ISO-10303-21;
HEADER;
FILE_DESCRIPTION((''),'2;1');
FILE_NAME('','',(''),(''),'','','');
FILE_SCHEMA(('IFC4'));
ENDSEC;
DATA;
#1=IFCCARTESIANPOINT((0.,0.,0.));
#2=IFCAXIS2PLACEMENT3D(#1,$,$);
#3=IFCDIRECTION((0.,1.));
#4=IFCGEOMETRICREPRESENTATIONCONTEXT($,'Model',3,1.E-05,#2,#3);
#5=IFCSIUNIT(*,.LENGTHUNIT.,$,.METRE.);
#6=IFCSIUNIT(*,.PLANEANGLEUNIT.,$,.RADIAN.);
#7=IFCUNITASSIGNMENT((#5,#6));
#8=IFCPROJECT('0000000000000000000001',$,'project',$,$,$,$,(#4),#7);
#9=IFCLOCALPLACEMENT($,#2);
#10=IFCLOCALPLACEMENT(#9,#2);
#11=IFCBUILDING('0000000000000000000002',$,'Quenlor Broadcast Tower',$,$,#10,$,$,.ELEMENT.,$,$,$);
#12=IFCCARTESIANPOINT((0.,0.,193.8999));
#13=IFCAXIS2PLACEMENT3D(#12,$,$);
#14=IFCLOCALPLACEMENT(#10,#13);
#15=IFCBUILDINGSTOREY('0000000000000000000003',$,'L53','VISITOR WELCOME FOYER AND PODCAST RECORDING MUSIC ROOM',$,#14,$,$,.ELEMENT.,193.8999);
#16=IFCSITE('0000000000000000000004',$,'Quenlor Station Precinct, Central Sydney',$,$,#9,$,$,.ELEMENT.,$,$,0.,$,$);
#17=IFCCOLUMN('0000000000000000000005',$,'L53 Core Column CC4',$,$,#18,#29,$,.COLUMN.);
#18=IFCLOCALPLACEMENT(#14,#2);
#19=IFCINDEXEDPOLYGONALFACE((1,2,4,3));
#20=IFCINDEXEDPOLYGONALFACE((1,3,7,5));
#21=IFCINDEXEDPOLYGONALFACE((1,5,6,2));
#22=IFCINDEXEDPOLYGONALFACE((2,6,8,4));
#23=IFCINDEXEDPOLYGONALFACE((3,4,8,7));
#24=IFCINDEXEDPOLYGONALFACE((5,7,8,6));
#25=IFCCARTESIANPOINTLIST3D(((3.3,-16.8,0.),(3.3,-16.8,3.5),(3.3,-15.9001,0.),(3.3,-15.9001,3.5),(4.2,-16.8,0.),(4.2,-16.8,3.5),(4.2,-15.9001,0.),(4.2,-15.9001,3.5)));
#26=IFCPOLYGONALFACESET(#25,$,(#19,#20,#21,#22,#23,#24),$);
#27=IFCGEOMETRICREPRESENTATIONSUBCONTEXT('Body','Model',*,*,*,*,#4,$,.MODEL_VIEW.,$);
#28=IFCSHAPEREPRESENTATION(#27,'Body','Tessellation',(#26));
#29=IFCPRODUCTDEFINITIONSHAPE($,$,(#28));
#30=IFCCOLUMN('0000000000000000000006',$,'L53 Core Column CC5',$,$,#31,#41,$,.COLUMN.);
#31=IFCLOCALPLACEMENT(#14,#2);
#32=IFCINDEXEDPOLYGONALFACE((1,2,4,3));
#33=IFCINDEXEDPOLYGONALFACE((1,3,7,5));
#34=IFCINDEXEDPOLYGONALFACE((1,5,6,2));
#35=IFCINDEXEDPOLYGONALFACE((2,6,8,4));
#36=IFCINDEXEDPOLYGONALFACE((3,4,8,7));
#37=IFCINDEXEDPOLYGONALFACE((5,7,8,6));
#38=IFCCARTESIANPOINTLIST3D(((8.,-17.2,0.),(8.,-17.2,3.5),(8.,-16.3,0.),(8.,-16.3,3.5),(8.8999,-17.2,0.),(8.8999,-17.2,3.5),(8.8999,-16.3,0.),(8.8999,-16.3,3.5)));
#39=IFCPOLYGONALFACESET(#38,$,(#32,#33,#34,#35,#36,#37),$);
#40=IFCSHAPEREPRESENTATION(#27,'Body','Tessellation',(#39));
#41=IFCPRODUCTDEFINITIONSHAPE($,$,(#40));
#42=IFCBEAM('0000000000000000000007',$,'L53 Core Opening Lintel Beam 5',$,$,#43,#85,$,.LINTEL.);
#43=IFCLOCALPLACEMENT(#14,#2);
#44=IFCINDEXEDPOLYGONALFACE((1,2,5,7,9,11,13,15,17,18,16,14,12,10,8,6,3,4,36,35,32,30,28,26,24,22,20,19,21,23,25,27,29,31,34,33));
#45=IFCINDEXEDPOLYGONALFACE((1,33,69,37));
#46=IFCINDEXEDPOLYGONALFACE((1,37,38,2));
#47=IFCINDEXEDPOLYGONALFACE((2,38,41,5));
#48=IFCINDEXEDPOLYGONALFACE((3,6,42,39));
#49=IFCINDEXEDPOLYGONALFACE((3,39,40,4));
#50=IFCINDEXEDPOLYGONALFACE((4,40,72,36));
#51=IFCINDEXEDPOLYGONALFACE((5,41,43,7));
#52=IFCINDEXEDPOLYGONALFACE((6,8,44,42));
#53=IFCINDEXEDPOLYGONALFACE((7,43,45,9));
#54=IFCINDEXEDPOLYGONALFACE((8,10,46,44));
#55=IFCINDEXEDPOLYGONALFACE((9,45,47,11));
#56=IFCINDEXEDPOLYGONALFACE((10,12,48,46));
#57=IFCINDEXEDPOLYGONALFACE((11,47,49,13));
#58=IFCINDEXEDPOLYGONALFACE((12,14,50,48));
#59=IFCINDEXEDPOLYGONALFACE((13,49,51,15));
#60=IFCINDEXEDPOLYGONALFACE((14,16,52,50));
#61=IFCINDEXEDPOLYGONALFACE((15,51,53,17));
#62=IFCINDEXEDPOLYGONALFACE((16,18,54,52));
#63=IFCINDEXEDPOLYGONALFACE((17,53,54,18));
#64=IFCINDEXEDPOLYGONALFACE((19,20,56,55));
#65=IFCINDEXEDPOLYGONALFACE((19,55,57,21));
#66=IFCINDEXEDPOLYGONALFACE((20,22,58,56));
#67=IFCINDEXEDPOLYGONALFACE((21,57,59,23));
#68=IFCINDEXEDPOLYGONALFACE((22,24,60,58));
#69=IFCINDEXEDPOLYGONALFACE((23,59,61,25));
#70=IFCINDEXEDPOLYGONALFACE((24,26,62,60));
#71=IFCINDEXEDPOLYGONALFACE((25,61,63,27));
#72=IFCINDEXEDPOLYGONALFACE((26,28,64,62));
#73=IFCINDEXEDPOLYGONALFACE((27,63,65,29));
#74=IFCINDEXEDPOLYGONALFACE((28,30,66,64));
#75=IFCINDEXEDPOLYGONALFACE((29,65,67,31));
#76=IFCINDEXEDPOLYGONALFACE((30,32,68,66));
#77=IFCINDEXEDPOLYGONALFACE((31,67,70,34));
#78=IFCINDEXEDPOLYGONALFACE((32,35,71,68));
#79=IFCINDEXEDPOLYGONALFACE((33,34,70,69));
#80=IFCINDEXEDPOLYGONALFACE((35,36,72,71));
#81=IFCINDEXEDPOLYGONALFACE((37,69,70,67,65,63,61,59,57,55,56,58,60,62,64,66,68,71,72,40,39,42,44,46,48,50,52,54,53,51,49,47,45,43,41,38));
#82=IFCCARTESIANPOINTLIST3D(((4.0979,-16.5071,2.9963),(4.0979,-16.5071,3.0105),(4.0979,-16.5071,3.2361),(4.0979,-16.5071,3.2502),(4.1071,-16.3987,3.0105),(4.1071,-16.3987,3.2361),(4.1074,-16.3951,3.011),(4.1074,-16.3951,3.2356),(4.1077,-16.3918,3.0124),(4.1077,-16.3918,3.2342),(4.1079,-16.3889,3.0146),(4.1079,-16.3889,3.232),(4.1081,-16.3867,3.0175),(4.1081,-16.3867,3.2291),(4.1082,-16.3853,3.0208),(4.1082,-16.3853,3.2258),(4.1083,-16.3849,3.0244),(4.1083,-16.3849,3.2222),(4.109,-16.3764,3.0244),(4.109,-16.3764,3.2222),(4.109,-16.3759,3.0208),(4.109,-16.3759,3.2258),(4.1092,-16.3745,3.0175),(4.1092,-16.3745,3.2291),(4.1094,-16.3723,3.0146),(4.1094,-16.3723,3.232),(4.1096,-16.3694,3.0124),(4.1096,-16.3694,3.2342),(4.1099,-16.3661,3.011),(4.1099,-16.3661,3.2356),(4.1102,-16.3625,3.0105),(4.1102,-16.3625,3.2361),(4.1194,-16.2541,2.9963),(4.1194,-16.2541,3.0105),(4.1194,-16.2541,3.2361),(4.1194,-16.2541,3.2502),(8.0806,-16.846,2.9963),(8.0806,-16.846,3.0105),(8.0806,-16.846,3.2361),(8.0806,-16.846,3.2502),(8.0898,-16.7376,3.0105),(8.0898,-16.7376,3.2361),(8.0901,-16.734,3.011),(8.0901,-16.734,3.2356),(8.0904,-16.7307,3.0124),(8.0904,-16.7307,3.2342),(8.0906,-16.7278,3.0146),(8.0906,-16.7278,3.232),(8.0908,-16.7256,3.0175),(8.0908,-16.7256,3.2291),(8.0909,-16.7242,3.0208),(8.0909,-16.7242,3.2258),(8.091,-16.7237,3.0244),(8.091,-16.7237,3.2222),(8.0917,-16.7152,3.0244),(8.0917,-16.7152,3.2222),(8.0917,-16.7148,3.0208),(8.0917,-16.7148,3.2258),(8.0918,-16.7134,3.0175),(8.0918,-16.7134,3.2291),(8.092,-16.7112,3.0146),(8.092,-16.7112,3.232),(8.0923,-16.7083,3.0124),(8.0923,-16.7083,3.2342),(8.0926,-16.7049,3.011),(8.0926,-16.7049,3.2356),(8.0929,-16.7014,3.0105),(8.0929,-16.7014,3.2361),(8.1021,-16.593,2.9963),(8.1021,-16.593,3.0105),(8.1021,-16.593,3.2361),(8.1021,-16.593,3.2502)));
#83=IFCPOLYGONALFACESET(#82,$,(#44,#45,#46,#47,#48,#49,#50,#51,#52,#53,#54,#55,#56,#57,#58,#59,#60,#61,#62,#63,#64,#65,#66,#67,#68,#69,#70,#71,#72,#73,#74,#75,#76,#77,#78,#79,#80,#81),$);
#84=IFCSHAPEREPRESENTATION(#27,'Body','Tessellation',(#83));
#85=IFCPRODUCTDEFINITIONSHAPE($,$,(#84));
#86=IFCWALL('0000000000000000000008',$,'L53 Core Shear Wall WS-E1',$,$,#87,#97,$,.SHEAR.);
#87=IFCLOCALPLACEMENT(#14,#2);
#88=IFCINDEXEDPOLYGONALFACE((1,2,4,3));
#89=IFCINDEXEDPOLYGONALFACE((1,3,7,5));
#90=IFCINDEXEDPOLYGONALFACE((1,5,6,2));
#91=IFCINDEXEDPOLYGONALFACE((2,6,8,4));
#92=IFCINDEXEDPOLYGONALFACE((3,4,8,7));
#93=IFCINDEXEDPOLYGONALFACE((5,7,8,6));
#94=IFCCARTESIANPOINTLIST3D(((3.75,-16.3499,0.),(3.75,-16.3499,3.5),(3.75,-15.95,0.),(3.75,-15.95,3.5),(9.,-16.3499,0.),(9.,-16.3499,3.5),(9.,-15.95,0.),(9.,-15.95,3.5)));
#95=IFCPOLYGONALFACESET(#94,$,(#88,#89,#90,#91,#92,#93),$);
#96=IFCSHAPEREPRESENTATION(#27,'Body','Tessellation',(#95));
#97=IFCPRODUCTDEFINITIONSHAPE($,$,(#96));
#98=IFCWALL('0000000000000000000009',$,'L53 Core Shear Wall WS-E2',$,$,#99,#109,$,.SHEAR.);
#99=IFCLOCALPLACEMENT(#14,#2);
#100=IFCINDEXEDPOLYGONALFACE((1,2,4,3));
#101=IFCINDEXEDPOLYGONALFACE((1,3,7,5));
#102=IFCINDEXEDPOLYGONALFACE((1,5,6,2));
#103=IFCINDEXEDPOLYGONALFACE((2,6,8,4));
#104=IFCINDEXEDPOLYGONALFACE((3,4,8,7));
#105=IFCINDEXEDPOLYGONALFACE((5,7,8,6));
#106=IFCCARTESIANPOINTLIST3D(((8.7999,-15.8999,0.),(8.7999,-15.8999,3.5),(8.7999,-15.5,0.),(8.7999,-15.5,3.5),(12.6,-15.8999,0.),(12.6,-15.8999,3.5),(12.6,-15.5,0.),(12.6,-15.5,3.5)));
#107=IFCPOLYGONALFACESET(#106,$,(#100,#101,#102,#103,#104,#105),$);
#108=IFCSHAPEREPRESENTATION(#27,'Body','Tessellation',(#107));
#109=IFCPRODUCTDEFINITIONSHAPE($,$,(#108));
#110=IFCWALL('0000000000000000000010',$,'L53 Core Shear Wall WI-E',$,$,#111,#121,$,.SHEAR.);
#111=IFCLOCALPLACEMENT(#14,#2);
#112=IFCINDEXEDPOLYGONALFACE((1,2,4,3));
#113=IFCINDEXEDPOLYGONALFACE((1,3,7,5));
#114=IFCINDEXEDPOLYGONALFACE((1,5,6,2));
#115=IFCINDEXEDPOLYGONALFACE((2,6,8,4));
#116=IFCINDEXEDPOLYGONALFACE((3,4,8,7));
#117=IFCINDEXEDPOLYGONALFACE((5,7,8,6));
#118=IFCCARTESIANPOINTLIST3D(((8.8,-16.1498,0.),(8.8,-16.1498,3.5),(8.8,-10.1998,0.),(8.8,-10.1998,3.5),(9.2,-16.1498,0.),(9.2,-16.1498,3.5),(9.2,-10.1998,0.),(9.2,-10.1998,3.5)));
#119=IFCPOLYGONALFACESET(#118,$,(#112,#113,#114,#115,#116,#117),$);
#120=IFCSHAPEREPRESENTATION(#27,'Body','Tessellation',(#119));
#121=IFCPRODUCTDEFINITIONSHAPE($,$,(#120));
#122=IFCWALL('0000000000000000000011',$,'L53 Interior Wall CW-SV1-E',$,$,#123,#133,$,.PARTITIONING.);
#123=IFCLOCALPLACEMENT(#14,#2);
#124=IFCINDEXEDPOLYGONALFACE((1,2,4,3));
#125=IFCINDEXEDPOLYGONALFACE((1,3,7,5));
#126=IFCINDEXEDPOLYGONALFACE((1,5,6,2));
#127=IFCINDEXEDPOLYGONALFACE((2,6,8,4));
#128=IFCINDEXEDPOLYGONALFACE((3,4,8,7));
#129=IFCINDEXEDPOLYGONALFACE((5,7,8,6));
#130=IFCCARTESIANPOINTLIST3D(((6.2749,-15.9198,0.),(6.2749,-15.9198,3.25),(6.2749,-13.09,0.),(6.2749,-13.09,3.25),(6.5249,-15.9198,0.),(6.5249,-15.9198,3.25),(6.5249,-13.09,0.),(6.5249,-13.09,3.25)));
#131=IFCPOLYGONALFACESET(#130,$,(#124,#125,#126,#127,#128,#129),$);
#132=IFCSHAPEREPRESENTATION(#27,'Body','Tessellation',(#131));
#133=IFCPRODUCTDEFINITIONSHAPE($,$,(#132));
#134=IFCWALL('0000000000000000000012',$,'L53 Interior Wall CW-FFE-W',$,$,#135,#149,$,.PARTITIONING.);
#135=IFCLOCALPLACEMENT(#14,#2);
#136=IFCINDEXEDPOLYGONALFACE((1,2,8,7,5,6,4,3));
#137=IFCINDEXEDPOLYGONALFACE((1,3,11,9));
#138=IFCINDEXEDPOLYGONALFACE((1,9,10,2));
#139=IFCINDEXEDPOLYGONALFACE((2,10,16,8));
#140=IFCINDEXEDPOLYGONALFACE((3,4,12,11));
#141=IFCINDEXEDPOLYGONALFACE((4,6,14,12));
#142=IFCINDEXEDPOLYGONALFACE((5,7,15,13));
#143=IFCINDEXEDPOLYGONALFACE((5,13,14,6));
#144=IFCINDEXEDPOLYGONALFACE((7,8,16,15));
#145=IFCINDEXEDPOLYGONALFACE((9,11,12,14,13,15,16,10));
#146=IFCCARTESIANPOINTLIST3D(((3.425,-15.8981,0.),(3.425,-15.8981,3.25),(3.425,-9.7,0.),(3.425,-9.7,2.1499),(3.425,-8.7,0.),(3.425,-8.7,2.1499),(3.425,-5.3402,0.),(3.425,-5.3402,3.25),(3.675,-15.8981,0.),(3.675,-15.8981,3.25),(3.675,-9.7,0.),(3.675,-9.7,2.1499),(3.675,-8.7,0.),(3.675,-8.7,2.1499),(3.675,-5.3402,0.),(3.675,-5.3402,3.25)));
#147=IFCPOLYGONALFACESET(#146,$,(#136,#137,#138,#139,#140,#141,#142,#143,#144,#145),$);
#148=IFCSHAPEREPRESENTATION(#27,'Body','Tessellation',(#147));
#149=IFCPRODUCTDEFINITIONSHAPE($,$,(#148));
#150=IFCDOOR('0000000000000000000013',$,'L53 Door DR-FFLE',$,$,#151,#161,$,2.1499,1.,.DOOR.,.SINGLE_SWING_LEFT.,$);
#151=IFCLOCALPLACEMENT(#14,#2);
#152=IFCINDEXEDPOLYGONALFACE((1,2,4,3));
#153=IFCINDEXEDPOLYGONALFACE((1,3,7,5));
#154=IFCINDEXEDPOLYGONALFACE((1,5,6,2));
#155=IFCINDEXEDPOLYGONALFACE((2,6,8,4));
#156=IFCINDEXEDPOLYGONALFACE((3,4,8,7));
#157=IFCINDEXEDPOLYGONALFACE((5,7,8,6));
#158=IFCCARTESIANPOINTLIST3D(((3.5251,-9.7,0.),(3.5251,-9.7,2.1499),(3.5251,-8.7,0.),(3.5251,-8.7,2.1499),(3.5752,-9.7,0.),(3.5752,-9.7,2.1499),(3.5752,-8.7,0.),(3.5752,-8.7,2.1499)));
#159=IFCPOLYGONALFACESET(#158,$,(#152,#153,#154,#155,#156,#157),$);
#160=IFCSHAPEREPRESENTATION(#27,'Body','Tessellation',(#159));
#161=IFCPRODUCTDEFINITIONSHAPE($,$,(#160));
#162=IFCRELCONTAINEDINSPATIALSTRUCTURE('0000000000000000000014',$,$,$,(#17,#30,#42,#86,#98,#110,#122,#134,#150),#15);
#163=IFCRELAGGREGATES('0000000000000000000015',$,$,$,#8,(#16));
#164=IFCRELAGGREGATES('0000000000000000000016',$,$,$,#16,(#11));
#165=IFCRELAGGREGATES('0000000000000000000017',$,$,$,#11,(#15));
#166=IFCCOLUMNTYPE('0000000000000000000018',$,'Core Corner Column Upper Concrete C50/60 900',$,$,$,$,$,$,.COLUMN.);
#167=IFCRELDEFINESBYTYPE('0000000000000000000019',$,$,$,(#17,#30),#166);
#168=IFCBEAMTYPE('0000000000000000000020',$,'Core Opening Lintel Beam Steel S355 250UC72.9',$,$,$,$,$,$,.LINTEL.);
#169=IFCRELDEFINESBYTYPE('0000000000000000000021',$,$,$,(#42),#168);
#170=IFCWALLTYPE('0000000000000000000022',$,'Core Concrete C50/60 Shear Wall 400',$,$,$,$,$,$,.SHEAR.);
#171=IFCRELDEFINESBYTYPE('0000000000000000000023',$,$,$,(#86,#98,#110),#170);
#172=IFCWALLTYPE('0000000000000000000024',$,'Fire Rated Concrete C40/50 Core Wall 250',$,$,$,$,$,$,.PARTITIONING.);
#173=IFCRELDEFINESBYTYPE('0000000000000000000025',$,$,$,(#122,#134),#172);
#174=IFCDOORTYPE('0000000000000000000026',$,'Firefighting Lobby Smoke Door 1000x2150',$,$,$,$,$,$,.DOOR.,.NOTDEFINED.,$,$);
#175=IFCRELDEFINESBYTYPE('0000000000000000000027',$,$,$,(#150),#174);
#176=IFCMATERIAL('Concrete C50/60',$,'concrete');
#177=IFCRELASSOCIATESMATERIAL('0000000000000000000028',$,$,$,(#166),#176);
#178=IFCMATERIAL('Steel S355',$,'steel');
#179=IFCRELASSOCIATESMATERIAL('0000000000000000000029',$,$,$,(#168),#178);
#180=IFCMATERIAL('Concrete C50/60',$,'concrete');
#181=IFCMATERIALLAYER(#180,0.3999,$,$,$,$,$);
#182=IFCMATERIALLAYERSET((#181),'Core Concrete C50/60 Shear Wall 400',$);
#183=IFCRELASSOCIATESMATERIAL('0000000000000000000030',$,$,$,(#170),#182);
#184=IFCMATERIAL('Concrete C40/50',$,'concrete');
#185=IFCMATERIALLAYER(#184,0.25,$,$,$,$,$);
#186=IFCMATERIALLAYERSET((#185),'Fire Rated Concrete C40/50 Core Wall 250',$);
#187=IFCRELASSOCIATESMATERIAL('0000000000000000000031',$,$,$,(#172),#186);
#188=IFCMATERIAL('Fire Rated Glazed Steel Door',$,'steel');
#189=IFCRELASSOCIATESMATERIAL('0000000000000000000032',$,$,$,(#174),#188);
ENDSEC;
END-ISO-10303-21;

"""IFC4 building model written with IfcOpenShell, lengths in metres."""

from ifc_helpers import new_model, si_unit, direction, frame, frame_2d, origin, origin_2d, place, context, subcontext, project, spatial, rectangle, i_section, extrude, material, layer, layer_set, material_profile, profile_set, type_object, element, fill, save


model = new_model("IFC4")

# Units and contexts
model_context = context("Model", 3, precision=1e-05, world=origin(), true_north=direction((0.0, 1.0)))
body_context = subcontext(model_context, "Body", "Model", "MODEL_VIEW")
ifc_project = project(units=[si_unit("LENGTHUNIT", "METRE"), si_unit("PLANEANGLEUNIT", "RADIAN")], contexts=[model_context])

# Site, building, storey
site_placement = place(None, origin())
site = spatial("IfcSite", under=ifc_project, at=site_placement, Name="Quenlor Station Precinct, Central Sydney", CompositionType="ELEMENT", RefElevation=0.0)
building_placement = place(site_placement, origin())
building = spatial("IfcBuilding", under=site, at=building_placement, Name="Quenlor Broadcast Tower", CompositionType="ELEMENT")
storey_placement = place(building_placement, frame((0.0, 0.0, 193.8999)))
storey = spatial("IfcBuildingStorey", under=building, at=storey_placement, Name="L53", Description="VISITOR WELCOME FOYER AND PODCAST RECORDING MUSIC ROOM", CompositionType="ELEMENT", Elevation=193.8999)

# Columns
ifc_material_1 = material(Name="Concrete C50/60", Category="concrete")
ifc_material_profile_1 = material_profile(ifc_material_1, rectangle(XDim=0.8999, YDim=0.8999, at=origin_2d()))
ifc_profile_set_1 = profile_set([ifc_material_profile_1], Name="Concrete C50/60 RC900x900")
column_type = type_object("IfcColumnType", Name="Core Corner Column Upper Concrete C50/60 900", PredefinedType="COLUMN", material=ifc_profile_set_1)
for number, where, z_axis, x_axis, name in (
    (1, (3.75, -16.3501, 0.0), (0.0, 0.0, 1.0), (1.0, 0.0, 0.0), "L53 Core Column CC4"),
    (2, (8.45, -16.75, 0.0), (0.0, 0.0, 1.0), (1.0, 0.0, 0.0), "L53 Core Column CC5"),
):
    element("IfcColumn", number, at=place(storey_placement, frame(where, z_axis=z_axis, x_axis=x_axis)), inside=storey, type_object=column_type, Name=name, PredefinedType="COLUMN", context=body_context, shape_type="SweptSolid", body=[
        extrude(rectangle(XDim=0.8999, YDim=0.8999, at=origin_2d()), origin(), (0.0, 0.0, 1.0), 3.5),
    ])

# Beam
ifc_material_2 = material(Name="Steel S355", Category="steel")
ifc_material_profile_2 = material_profile(ifc_material_2, i_section(OverallWidth=0.2539, OverallDepth=0.2539, WebThickness=0.0085, FlangeThickness=0.0142, FilletRadius=0.0139, at=origin_2d()))
ifc_profile_set_2 = profile_set([ifc_material_profile_2], Name="Steel S355 250UC72.9")
beam_type = type_object("IfcBeamType", Name="Core Opening Lintel Beam Steel S355 250UC72.9", PredefinedType="LINTEL", material=ifc_profile_set_2)
beam_placement = place(storey_placement, frame((4.1086, -16.3806, 3.1233), z_axis=(0.9964, -0.084779, 0.0), x_axis=(0.084779, 0.9964, 0.0)))
element("IfcBeam", 3, at=beam_placement, inside=storey, type_object=beam_type, Name="L53 Core Opening Lintel Beam 5", PredefinedType="LINTEL", context=body_context, shape_type="SweptSolid", body=[
    extrude(i_section(OverallWidth=0.2539, OverallDepth=0.2539, WebThickness=0.0085, FlangeThickness=0.0142, FilletRadius=0.0139, at=origin_2d()), origin(), (0.0, 0.0, 1.0), 3.9971),
])

# Walls
ifc_material_3 = material(Name="Concrete C50/60", Category="concrete")
ifc_layer_1 = layer(ifc_material_3, 0.3999)
ifc_layer_set_1 = layer_set([ifc_layer_1], Name="Core Concrete C50/60 Shear Wall 400")
wall_type_1 = type_object("IfcWallType", Name="Core Concrete C50/60 Shear Wall 400", PredefinedType="SHEAR", material=ifc_layer_set_1)
wall_1_placement = place(storey_placement, frame((3.75, -16.1499, 0.0), z_axis=(0.0, 0.0, 1.0), x_axis=(1.0, 0.0, 0.0)))
element("IfcWall", 4, at=wall_1_placement, inside=storey, type_object=wall_type_1, Name="L53 Core Shear Wall WS-E1", PredefinedType="SHEAR", context=body_context, shape_type="SweptSolid", body=[
    extrude(rectangle(XDim=5.25, YDim=0.3999, at=frame_2d((2.625, 0.0))), origin(), (0.0, 0.0, 1.0), 3.5),
])
wall_2_placement = place(storey_placement, frame((8.8, -15.7, 0.0), z_axis=(0.0, 0.0, 1.0), x_axis=(1.0, 0.0, 0.0)))
element("IfcWall", 5, at=wall_2_placement, inside=storey, type_object=wall_type_1, Name="L53 Core Shear Wall WS-E2", PredefinedType="SHEAR", context=body_context, shape_type="SweptSolid", body=[
    extrude(rectangle(XDim=3.8, YDim=0.3999, at=frame_2d((1.8999, 0.0))), origin(), (0.0, 0.0, 1.0), 3.5),
])
wall_3_placement = place(storey_placement, frame((9.0, -16.1499, 0.0), z_axis=(0.0, 0.0, 1.0), x_axis=(0.0, 1.0, 0.0)))
element("IfcWall", 6, at=wall_3_placement, inside=storey, type_object=wall_type_1, Name="L53 Core Shear Wall WI-E", PredefinedType="SHEAR", context=body_context, shape_type="SweptSolid", body=[
    extrude(rectangle(XDim=5.95, YDim=0.3999, at=frame_2d((2.9751, 0.0))), origin(), (0.0, 0.0, 1.0), 3.5),
])

# Shared definitions
ifc_material_4 = material(Name="Concrete C40/50", Category="concrete")
ifc_layer_2 = layer(ifc_material_4, 0.25)
ifc_layer_set_2 = layer_set([ifc_layer_2], Name="Fire Rated Concrete C40/50 Core Wall 250")
wall_type_2 = type_object("IfcWallType", Name="Fire Rated Concrete C40/50 Core Wall 250", PredefinedType="PARTITIONING", material=ifc_layer_set_2)

# Wall
wall_4_placement = place(storey_placement, frame((6.3999, -15.9199, 0.0), z_axis=(0.0, 0.0, 1.0), x_axis=(0.0, 1.0, 0.0)))
element("IfcWall", 7, at=wall_4_placement, inside=storey, type_object=wall_type_2, Name="L53 Interior Wall CW-SV1-E", PredefinedType="PARTITIONING", context=body_context, shape_type="SweptSolid", body=[
    extrude(rectangle(XDim=2.8298, YDim=0.25, at=frame_2d((1.415, 0.0))), origin(), (0.0, 0.0, 1.0), 3.25),
])

# Wall, opening, door
wall_5_placement = place(storey_placement, frame((3.55, -15.8979, 0.0), z_axis=(0.0, 0.0, 1.0), x_axis=(0.0, 1.0, 0.0)))
wall_5 = element("IfcWall", 8, at=wall_5_placement, inside=storey, type_object=wall_type_2, Name="L53 Interior Wall CW-FFE-W", PredefinedType="PARTITIONING", context=body_context, shape_type="SweptSolid", body=[
    extrude(rectangle(XDim=10.5579, YDim=0.25, at=frame_2d((5.2788, 0.0))), origin(), (0.0, 0.0, 1.0), 3.25),
])
opening_1_placement = place(wall_5_placement, frame((6.198, 0.0, 0.0)))
opening_1 = element("IfcOpeningElement", 9, at=opening_1_placement, cuts=wall_5, PredefinedType="OPENING", context=body_context, shape_type="SweptSolid", body=[
    extrude(rectangle(XDim=1.0, YDim=2.1499, at=frame_2d((0.5, 1.075))), frame((0.0, 0.135, 0.0), z_axis=(0.0, -1.0, 0.0), x_axis=(1.0, 0.0, 0.0)), (0.0, 0.0, 1.0), 0.27),
])
ifc_material_5 = material(Name="Fire Rated Glazed Steel Door", Category="steel")
door_type_1 = type_object("IfcDoorType", Name="Firefighting Lobby Smoke Door 1000x2150", OperationType="NOTDEFINED", PredefinedType="DOOR", material=ifc_material_5)
door_1_placement = place(opening_1_placement, origin())
door_1 = element("IfcDoor", 10, at=door_1_placement, inside=storey, type_object=door_type_1, Name="L53 Door DR-FFLE", OperationType="SINGLE_SWING_LEFT", OverallHeight=2.1499, OverallWidth=1.0, PredefinedType="DOOR", context=body_context, shape_type="SweptSolid", body=[
    extrude(rectangle(XDim=1.0, YDim=2.1499, at=frame_2d((0.5, 1.075))), frame((0.0, 0.0249, 0.0), z_axis=(0.0, -1.0, 0.0), x_axis=(1.0, 0.0, 0.0)), (0.0, 0.0, 1.0), 0.05),
])
fill(opening_1, door_1)

save(model, "model.ifc")
